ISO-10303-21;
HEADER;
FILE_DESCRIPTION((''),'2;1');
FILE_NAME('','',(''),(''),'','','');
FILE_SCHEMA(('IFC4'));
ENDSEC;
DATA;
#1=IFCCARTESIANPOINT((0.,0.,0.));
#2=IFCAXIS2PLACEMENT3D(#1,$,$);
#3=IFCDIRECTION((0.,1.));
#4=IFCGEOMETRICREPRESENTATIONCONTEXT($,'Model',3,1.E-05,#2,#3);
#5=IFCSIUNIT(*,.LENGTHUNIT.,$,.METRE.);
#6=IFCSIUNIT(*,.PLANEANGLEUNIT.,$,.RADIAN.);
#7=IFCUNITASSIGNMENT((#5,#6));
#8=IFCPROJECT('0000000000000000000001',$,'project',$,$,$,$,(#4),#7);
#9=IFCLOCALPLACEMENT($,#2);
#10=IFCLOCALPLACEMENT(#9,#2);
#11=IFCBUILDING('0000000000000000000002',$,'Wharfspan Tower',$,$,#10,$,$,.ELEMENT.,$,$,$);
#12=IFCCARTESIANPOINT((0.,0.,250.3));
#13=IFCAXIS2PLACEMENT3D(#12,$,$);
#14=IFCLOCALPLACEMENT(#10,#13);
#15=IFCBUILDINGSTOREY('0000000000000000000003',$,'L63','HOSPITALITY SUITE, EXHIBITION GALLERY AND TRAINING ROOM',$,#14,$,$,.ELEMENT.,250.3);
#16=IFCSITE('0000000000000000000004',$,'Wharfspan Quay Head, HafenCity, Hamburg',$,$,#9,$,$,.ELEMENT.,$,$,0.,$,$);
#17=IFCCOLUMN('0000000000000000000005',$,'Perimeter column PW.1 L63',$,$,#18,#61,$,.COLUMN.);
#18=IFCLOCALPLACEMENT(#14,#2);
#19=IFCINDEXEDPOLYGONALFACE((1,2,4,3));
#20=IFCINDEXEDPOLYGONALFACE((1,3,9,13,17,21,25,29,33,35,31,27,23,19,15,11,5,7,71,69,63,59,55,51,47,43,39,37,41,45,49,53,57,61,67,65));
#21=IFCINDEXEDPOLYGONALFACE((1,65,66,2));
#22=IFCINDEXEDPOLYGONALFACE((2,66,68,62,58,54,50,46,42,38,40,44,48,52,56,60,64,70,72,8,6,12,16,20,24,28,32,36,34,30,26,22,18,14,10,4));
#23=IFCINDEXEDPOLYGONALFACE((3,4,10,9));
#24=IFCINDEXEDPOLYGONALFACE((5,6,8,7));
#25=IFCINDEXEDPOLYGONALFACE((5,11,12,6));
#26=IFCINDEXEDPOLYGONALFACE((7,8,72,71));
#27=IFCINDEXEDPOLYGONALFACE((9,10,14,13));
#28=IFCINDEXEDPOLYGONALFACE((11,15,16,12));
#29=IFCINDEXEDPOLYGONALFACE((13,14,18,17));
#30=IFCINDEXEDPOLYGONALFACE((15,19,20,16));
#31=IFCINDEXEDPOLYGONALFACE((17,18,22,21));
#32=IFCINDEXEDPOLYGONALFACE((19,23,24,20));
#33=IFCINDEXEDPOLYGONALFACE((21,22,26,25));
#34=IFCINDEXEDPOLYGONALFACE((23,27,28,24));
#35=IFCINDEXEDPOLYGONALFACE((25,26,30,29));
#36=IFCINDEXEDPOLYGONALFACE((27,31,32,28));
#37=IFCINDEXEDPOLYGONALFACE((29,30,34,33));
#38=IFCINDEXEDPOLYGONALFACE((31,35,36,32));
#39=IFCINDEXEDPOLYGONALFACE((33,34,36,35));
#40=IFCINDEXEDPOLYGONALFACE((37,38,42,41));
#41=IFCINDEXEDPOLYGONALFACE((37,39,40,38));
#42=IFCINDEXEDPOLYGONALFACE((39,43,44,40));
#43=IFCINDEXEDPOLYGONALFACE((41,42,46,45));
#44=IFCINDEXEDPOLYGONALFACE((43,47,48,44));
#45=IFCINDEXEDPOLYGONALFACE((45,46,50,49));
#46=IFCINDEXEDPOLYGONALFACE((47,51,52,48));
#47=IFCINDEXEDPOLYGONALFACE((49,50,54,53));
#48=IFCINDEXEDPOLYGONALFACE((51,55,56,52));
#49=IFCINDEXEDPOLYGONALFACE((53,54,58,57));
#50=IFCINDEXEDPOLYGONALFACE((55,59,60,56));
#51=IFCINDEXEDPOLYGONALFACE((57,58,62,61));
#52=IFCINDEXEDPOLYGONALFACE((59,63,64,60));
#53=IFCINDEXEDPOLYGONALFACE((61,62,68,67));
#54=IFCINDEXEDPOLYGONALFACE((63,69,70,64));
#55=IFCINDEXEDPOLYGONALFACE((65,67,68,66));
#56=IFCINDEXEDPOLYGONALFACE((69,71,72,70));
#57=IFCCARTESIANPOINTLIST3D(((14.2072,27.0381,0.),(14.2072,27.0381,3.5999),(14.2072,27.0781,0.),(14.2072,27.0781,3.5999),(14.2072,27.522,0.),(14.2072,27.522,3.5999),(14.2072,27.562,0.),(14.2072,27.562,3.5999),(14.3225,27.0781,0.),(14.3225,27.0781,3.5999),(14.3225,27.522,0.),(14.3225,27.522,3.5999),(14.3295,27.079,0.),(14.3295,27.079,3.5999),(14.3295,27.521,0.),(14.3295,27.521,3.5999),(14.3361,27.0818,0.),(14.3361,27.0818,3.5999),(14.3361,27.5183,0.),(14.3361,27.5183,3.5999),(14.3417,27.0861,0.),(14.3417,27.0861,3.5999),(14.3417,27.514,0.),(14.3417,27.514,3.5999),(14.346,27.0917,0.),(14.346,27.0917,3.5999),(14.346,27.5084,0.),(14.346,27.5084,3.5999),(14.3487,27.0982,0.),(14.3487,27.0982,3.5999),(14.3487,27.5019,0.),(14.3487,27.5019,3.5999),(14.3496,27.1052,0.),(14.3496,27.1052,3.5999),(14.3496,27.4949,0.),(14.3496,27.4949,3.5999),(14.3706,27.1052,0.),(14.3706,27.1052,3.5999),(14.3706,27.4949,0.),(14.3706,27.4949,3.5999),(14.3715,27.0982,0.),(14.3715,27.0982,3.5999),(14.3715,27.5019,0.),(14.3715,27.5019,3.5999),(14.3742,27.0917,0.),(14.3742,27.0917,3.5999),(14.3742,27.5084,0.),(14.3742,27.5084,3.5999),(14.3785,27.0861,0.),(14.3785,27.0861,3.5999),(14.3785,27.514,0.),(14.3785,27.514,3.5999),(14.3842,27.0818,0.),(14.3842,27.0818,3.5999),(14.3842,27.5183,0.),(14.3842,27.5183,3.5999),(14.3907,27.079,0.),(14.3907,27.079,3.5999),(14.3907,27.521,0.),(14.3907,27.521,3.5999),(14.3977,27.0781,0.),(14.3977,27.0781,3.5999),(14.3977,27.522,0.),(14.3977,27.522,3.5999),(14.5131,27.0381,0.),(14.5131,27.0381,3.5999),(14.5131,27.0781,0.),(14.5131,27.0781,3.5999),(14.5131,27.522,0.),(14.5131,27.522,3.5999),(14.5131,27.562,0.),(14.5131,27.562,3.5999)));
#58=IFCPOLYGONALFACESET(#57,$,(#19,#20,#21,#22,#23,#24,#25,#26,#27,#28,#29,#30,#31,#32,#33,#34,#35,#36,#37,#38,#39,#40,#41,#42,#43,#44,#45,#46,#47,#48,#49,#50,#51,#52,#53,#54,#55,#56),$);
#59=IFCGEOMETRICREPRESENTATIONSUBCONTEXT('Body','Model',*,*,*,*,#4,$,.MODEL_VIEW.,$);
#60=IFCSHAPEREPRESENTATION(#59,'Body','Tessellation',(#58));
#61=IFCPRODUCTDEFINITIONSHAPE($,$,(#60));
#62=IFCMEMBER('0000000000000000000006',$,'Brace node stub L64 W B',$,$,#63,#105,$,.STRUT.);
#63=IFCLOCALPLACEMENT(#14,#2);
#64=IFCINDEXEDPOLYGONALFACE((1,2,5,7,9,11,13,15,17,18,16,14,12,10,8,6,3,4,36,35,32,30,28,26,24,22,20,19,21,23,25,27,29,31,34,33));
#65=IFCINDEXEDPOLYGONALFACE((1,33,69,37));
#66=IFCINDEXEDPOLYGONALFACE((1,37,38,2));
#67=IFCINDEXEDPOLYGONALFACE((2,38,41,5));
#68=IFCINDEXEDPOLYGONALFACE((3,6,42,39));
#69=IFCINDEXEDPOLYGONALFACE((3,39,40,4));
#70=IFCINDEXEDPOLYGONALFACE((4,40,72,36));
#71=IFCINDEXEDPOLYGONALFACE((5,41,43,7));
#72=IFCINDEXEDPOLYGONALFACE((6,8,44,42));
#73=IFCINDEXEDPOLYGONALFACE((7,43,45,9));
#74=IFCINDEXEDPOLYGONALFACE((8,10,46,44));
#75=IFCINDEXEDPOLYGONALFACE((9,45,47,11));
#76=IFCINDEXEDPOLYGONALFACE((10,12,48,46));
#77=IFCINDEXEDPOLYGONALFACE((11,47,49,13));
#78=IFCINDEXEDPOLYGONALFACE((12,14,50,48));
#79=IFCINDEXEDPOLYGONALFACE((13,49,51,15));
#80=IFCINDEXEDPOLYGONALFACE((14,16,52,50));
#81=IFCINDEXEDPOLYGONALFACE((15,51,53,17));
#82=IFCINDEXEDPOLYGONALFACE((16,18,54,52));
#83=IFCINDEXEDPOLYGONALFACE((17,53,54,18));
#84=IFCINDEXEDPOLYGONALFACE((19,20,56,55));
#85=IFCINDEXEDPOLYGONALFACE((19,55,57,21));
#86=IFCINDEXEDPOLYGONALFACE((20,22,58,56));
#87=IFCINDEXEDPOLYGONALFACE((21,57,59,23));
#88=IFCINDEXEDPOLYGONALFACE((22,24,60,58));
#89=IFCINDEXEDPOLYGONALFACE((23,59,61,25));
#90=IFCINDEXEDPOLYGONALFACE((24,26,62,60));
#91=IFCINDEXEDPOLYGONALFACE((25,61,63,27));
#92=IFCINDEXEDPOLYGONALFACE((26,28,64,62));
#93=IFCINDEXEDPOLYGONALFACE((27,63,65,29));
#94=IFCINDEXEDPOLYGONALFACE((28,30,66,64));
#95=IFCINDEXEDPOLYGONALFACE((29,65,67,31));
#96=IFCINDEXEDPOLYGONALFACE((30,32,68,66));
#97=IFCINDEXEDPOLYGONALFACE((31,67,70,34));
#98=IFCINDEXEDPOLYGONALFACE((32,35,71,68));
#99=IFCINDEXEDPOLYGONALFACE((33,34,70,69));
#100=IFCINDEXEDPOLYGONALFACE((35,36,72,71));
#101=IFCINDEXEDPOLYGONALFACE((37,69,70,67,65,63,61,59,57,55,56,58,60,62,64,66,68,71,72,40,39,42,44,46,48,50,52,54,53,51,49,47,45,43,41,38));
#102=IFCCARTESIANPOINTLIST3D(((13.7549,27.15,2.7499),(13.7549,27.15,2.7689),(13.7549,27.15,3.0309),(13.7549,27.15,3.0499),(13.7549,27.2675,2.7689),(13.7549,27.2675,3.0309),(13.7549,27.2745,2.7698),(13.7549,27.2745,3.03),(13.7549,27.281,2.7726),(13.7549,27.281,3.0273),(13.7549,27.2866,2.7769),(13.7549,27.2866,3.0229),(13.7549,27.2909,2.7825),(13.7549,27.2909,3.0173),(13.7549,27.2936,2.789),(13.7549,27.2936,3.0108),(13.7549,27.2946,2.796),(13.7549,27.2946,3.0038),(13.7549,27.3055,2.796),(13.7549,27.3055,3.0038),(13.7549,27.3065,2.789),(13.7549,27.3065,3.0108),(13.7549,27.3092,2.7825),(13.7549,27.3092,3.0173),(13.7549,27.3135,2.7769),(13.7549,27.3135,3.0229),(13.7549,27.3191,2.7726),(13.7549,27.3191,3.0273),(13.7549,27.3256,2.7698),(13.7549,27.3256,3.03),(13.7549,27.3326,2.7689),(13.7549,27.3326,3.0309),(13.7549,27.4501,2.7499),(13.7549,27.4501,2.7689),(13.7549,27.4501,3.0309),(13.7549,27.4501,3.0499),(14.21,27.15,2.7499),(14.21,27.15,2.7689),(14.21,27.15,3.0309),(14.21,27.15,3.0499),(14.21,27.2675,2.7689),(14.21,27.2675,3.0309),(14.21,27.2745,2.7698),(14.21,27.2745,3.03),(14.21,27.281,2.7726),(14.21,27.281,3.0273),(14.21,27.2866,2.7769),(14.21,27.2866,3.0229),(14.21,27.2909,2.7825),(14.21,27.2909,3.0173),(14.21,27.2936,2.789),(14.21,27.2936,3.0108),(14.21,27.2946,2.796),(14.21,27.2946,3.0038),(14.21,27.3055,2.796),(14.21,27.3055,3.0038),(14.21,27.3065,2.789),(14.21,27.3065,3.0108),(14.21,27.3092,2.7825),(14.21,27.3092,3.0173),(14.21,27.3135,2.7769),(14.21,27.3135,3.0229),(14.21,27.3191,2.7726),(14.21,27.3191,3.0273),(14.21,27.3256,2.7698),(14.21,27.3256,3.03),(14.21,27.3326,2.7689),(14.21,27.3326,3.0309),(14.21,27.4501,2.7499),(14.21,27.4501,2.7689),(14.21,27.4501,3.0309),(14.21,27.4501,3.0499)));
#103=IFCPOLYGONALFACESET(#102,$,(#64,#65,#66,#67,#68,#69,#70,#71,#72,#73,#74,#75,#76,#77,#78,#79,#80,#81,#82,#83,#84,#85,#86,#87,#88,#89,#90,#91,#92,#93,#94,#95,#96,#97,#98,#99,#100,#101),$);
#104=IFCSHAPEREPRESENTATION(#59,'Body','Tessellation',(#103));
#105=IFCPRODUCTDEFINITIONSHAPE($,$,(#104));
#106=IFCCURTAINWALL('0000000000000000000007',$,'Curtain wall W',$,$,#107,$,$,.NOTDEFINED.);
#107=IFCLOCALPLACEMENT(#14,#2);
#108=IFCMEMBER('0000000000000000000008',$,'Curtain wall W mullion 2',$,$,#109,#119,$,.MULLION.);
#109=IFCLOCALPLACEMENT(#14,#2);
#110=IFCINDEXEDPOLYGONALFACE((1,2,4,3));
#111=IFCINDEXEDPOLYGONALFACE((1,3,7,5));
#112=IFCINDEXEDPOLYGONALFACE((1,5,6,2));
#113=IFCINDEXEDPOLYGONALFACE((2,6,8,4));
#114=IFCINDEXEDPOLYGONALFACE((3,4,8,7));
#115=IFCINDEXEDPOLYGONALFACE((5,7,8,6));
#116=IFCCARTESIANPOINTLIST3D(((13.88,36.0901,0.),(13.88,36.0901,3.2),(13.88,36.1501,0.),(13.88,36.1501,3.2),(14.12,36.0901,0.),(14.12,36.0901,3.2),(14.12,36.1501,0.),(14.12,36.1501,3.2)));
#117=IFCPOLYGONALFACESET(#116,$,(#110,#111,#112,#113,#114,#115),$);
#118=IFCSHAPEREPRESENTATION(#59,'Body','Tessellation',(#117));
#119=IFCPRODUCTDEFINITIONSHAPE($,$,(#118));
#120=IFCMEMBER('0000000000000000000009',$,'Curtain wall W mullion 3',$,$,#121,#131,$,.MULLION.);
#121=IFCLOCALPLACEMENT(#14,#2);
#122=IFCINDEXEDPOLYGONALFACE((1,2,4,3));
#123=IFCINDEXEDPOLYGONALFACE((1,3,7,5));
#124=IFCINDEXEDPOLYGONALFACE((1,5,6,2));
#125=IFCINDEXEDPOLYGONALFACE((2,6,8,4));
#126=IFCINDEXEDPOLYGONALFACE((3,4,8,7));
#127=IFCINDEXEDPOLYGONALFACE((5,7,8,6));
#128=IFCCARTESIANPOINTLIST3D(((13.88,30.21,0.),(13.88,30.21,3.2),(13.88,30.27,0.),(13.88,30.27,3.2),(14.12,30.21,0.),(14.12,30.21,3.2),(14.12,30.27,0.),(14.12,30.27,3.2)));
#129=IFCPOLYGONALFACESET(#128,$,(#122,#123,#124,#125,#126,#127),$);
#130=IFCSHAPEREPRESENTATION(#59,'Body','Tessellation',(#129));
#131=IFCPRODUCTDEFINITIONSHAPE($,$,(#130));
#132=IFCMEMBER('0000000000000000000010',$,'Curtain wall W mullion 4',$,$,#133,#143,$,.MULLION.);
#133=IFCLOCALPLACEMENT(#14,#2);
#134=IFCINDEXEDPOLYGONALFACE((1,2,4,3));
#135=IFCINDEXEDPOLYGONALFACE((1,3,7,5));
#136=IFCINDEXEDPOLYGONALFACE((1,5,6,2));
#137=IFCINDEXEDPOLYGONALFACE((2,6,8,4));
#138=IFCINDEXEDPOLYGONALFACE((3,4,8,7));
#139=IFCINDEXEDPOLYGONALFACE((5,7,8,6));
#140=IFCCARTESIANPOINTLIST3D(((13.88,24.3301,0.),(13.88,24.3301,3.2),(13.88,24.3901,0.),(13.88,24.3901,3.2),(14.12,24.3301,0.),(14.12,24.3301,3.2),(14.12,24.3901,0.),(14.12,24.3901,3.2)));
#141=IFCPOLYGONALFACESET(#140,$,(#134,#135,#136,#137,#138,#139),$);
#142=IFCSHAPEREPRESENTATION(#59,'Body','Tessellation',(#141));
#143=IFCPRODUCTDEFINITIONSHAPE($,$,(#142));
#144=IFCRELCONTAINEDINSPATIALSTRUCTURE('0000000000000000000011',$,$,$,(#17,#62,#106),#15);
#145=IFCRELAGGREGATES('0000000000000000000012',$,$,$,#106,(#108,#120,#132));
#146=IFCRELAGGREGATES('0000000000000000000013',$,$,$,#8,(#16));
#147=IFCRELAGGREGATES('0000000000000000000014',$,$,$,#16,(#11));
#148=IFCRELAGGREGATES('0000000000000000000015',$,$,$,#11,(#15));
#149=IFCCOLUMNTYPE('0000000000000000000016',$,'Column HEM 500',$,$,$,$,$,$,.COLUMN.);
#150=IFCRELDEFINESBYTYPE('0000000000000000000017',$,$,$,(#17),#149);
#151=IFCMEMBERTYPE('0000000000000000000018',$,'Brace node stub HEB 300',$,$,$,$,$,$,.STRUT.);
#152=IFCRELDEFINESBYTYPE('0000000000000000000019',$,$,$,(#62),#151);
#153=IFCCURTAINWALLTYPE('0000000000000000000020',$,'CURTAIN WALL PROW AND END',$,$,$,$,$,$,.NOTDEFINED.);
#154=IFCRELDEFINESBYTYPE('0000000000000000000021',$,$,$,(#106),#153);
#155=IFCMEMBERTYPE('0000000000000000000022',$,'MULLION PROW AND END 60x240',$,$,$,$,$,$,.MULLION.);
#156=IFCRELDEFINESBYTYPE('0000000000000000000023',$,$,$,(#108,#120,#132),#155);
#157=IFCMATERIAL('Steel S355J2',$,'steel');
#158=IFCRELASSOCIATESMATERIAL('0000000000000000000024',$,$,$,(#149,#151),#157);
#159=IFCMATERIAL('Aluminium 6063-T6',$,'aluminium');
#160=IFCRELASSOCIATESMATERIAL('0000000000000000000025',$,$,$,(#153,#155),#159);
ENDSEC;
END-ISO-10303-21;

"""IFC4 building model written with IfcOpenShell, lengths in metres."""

from ifc_helpers import new_model, si_unit, direction, frame, origin, origin_2d, place, context, subcontext, project, spatial, rectangle, i_section, extrude, material, material_profile, profile_set, type_object, element, aggregate, save


model = new_model("IFC4")

# Units and contexts
model_context = context("Model", 3, precision=1e-05, world=origin(), true_north=direction((0.0, 1.0)))
body_context = subcontext(model_context, "Body", "Model", "MODEL_VIEW")
ifc_project = project(units=[si_unit("LENGTHUNIT", "METRE"), si_unit("PLANEANGLEUNIT", "RADIAN")], contexts=[model_context])

# Site, building, storey
site_placement = place(None, origin())
site = spatial("IfcSite", under=ifc_project, at=site_placement, Name="Wharfspan Quay Head, HafenCity, Hamburg", CompositionType="ELEMENT", RefElevation=0.0)
building_placement = place(site_placement, origin())
building = spatial("IfcBuilding", under=site, at=building_placement, Name="Wharfspan Tower", CompositionType="ELEMENT")
storey_placement = place(building_placement, frame((0.0, 0.0, 250.3)))
storey = spatial("IfcBuildingStorey", under=building, at=storey_placement, Name="L63", Description="HOSPITALITY SUITE, EXHIBITION GALLERY AND TRAINING ROOM", CompositionType="ELEMENT", Elevation=250.3)

# Column
ifc_material_1 = material(Name="Steel S355J2", Category="steel")
ifc_material_profile_1 = material_profile(ifc_material_1, i_section(OverallWidth=0.3059, OverallDepth=0.5239, WebThickness=0.021, FlangeThickness=0.04, FilletRadius=0.0271, at=origin_2d()))
ifc_profile_set_1 = profile_set([ifc_material_profile_1], Name="Steel S355J2")
column_type = type_object("IfcColumnType", Name="Column HEM 500", PredefinedType="COLUMN", material=ifc_profile_set_1)
column_placement = place(storey_placement, frame((14.3601, 27.3, 0.0), z_axis=(0.0, 0.0, 1.0), x_axis=(-1.0, 0.0, 0.0)))
element("IfcColumn", 1, at=column_placement, inside=storey, type_object=column_type, Name="Perimeter column PW.1 L63", PredefinedType="COLUMN", context=body_context, shape_type="SweptSolid", body=[
    extrude(i_section(OverallWidth=0.3059, OverallDepth=0.5239, WebThickness=0.021, FlangeThickness=0.04, FilletRadius=0.0271, at=origin_2d()), origin(), (0.0, 0.0, 1.0), 3.5999),
])

# Member
ifc_material_profile_2 = material_profile(ifc_material_1, i_section(OverallWidth=0.3, OverallDepth=0.3, WebThickness=0.011, FlangeThickness=0.019, FilletRadius=0.0271, at=origin_2d()))
ifc_profile_set_2 = profile_set([ifc_material_profile_2], Name="Steel S355J2")
member_type_1 = type_object("IfcMemberType", Name="Brace node stub HEB 300", PredefinedType="STRUT", material=ifc_profile_set_2)
member_1_placement = place(storey_placement, frame((14.21, 27.3, 2.8999), z_axis=(-1.0, 0.0, 0.0), x_axis=(0.0, -1.0, 0.0)))
element("IfcMember", 2, at=member_1_placement, inside=storey, type_object=member_type_1, Name="Brace node stub L64 W B", PredefinedType="STRUT", context=body_context, shape_type="SweptSolid", body=[
    extrude(i_section(OverallWidth=0.3, OverallDepth=0.3, WebThickness=0.011, FlangeThickness=0.019, FilletRadius=0.0271, at=origin_2d()), origin(), (0.0, 0.0, 1.0), 0.4551),
])

# Curtain wall, members
ifc_material_2 = material(Name="Aluminium 6063-T6", Category="aluminium")
curtain_wall_type = type_object("IfcCurtainWallType", Name="CURTAIN WALL PROW AND END", PredefinedType="NOTDEFINED", material=ifc_material_2)
curtain_wall_placement = place(storey_placement, origin())
curtain_wall = element("IfcCurtainWall", 3, at=curtain_wall_placement, inside=storey, type_object=curtain_wall_type, Name="Curtain wall W", PredefinedType="NOTDEFINED")
ifc_material_profile_3 = material_profile(ifc_material_2, rectangle(XDim=0.24, YDim=0.0601, at=origin_2d()))
ifc_profile_set_3 = profile_set([ifc_material_profile_3], Name="Aluminium 6063-T6")
member_type_2 = type_object("IfcMemberType", Name="MULLION PROW AND END 60x240", PredefinedType="MULLION", material=ifc_profile_set_3)
member_2_placement = place(storey_placement, frame((14.0, 36.1201, 0.0), z_axis=(0.0, 0.0, 1.0), x_axis=(1.0, 0.0, 0.0)))
member_2 = element("IfcMember", 4, at=member_2_placement, type_object=member_type_2, Name="Curtain wall W mullion 2", PredefinedType="MULLION", context=body_context, shape_type="SweptSolid", body=[
    extrude(rectangle(XDim=0.24, YDim=0.0601, at=origin_2d()), origin(), (0.0, 0.0, 1.0), 3.2),
])
member_3_placement = place(storey_placement, frame((14.0, 30.24, 0.0), z_axis=(0.0, 0.0, 1.0), x_axis=(1.0, 0.0, 0.0)))
member_3 = element("IfcMember", 5, at=member_3_placement, type_object=member_type_2, Name="Curtain wall W mullion 3", PredefinedType="MULLION", context=body_context, shape_type="SweptSolid", body=[
    extrude(rectangle(XDim=0.24, YDim=0.0601, at=origin_2d()), origin(), (0.0, 0.0, 1.0), 3.2),
])
member_4_placement = place(storey_placement, frame((14.0, 24.3601, 0.0), z_axis=(0.0, 0.0, 1.0), x_axis=(1.0, 0.0, 0.0)))
member_4 = element("IfcMember", 6, at=member_4_placement, type_object=member_type_2, Name="Curtain wall W mullion 4", PredefinedType="MULLION", context=body_context, shape_type="SweptSolid", body=[
    extrude(rectangle(XDim=0.24, YDim=0.0601, at=origin_2d()), origin(), (0.0, 0.0, 1.0), 3.2),
])

aggregate(curtain_wall, [member_2, member_3, member_4])

save(model, "model.ifc")
